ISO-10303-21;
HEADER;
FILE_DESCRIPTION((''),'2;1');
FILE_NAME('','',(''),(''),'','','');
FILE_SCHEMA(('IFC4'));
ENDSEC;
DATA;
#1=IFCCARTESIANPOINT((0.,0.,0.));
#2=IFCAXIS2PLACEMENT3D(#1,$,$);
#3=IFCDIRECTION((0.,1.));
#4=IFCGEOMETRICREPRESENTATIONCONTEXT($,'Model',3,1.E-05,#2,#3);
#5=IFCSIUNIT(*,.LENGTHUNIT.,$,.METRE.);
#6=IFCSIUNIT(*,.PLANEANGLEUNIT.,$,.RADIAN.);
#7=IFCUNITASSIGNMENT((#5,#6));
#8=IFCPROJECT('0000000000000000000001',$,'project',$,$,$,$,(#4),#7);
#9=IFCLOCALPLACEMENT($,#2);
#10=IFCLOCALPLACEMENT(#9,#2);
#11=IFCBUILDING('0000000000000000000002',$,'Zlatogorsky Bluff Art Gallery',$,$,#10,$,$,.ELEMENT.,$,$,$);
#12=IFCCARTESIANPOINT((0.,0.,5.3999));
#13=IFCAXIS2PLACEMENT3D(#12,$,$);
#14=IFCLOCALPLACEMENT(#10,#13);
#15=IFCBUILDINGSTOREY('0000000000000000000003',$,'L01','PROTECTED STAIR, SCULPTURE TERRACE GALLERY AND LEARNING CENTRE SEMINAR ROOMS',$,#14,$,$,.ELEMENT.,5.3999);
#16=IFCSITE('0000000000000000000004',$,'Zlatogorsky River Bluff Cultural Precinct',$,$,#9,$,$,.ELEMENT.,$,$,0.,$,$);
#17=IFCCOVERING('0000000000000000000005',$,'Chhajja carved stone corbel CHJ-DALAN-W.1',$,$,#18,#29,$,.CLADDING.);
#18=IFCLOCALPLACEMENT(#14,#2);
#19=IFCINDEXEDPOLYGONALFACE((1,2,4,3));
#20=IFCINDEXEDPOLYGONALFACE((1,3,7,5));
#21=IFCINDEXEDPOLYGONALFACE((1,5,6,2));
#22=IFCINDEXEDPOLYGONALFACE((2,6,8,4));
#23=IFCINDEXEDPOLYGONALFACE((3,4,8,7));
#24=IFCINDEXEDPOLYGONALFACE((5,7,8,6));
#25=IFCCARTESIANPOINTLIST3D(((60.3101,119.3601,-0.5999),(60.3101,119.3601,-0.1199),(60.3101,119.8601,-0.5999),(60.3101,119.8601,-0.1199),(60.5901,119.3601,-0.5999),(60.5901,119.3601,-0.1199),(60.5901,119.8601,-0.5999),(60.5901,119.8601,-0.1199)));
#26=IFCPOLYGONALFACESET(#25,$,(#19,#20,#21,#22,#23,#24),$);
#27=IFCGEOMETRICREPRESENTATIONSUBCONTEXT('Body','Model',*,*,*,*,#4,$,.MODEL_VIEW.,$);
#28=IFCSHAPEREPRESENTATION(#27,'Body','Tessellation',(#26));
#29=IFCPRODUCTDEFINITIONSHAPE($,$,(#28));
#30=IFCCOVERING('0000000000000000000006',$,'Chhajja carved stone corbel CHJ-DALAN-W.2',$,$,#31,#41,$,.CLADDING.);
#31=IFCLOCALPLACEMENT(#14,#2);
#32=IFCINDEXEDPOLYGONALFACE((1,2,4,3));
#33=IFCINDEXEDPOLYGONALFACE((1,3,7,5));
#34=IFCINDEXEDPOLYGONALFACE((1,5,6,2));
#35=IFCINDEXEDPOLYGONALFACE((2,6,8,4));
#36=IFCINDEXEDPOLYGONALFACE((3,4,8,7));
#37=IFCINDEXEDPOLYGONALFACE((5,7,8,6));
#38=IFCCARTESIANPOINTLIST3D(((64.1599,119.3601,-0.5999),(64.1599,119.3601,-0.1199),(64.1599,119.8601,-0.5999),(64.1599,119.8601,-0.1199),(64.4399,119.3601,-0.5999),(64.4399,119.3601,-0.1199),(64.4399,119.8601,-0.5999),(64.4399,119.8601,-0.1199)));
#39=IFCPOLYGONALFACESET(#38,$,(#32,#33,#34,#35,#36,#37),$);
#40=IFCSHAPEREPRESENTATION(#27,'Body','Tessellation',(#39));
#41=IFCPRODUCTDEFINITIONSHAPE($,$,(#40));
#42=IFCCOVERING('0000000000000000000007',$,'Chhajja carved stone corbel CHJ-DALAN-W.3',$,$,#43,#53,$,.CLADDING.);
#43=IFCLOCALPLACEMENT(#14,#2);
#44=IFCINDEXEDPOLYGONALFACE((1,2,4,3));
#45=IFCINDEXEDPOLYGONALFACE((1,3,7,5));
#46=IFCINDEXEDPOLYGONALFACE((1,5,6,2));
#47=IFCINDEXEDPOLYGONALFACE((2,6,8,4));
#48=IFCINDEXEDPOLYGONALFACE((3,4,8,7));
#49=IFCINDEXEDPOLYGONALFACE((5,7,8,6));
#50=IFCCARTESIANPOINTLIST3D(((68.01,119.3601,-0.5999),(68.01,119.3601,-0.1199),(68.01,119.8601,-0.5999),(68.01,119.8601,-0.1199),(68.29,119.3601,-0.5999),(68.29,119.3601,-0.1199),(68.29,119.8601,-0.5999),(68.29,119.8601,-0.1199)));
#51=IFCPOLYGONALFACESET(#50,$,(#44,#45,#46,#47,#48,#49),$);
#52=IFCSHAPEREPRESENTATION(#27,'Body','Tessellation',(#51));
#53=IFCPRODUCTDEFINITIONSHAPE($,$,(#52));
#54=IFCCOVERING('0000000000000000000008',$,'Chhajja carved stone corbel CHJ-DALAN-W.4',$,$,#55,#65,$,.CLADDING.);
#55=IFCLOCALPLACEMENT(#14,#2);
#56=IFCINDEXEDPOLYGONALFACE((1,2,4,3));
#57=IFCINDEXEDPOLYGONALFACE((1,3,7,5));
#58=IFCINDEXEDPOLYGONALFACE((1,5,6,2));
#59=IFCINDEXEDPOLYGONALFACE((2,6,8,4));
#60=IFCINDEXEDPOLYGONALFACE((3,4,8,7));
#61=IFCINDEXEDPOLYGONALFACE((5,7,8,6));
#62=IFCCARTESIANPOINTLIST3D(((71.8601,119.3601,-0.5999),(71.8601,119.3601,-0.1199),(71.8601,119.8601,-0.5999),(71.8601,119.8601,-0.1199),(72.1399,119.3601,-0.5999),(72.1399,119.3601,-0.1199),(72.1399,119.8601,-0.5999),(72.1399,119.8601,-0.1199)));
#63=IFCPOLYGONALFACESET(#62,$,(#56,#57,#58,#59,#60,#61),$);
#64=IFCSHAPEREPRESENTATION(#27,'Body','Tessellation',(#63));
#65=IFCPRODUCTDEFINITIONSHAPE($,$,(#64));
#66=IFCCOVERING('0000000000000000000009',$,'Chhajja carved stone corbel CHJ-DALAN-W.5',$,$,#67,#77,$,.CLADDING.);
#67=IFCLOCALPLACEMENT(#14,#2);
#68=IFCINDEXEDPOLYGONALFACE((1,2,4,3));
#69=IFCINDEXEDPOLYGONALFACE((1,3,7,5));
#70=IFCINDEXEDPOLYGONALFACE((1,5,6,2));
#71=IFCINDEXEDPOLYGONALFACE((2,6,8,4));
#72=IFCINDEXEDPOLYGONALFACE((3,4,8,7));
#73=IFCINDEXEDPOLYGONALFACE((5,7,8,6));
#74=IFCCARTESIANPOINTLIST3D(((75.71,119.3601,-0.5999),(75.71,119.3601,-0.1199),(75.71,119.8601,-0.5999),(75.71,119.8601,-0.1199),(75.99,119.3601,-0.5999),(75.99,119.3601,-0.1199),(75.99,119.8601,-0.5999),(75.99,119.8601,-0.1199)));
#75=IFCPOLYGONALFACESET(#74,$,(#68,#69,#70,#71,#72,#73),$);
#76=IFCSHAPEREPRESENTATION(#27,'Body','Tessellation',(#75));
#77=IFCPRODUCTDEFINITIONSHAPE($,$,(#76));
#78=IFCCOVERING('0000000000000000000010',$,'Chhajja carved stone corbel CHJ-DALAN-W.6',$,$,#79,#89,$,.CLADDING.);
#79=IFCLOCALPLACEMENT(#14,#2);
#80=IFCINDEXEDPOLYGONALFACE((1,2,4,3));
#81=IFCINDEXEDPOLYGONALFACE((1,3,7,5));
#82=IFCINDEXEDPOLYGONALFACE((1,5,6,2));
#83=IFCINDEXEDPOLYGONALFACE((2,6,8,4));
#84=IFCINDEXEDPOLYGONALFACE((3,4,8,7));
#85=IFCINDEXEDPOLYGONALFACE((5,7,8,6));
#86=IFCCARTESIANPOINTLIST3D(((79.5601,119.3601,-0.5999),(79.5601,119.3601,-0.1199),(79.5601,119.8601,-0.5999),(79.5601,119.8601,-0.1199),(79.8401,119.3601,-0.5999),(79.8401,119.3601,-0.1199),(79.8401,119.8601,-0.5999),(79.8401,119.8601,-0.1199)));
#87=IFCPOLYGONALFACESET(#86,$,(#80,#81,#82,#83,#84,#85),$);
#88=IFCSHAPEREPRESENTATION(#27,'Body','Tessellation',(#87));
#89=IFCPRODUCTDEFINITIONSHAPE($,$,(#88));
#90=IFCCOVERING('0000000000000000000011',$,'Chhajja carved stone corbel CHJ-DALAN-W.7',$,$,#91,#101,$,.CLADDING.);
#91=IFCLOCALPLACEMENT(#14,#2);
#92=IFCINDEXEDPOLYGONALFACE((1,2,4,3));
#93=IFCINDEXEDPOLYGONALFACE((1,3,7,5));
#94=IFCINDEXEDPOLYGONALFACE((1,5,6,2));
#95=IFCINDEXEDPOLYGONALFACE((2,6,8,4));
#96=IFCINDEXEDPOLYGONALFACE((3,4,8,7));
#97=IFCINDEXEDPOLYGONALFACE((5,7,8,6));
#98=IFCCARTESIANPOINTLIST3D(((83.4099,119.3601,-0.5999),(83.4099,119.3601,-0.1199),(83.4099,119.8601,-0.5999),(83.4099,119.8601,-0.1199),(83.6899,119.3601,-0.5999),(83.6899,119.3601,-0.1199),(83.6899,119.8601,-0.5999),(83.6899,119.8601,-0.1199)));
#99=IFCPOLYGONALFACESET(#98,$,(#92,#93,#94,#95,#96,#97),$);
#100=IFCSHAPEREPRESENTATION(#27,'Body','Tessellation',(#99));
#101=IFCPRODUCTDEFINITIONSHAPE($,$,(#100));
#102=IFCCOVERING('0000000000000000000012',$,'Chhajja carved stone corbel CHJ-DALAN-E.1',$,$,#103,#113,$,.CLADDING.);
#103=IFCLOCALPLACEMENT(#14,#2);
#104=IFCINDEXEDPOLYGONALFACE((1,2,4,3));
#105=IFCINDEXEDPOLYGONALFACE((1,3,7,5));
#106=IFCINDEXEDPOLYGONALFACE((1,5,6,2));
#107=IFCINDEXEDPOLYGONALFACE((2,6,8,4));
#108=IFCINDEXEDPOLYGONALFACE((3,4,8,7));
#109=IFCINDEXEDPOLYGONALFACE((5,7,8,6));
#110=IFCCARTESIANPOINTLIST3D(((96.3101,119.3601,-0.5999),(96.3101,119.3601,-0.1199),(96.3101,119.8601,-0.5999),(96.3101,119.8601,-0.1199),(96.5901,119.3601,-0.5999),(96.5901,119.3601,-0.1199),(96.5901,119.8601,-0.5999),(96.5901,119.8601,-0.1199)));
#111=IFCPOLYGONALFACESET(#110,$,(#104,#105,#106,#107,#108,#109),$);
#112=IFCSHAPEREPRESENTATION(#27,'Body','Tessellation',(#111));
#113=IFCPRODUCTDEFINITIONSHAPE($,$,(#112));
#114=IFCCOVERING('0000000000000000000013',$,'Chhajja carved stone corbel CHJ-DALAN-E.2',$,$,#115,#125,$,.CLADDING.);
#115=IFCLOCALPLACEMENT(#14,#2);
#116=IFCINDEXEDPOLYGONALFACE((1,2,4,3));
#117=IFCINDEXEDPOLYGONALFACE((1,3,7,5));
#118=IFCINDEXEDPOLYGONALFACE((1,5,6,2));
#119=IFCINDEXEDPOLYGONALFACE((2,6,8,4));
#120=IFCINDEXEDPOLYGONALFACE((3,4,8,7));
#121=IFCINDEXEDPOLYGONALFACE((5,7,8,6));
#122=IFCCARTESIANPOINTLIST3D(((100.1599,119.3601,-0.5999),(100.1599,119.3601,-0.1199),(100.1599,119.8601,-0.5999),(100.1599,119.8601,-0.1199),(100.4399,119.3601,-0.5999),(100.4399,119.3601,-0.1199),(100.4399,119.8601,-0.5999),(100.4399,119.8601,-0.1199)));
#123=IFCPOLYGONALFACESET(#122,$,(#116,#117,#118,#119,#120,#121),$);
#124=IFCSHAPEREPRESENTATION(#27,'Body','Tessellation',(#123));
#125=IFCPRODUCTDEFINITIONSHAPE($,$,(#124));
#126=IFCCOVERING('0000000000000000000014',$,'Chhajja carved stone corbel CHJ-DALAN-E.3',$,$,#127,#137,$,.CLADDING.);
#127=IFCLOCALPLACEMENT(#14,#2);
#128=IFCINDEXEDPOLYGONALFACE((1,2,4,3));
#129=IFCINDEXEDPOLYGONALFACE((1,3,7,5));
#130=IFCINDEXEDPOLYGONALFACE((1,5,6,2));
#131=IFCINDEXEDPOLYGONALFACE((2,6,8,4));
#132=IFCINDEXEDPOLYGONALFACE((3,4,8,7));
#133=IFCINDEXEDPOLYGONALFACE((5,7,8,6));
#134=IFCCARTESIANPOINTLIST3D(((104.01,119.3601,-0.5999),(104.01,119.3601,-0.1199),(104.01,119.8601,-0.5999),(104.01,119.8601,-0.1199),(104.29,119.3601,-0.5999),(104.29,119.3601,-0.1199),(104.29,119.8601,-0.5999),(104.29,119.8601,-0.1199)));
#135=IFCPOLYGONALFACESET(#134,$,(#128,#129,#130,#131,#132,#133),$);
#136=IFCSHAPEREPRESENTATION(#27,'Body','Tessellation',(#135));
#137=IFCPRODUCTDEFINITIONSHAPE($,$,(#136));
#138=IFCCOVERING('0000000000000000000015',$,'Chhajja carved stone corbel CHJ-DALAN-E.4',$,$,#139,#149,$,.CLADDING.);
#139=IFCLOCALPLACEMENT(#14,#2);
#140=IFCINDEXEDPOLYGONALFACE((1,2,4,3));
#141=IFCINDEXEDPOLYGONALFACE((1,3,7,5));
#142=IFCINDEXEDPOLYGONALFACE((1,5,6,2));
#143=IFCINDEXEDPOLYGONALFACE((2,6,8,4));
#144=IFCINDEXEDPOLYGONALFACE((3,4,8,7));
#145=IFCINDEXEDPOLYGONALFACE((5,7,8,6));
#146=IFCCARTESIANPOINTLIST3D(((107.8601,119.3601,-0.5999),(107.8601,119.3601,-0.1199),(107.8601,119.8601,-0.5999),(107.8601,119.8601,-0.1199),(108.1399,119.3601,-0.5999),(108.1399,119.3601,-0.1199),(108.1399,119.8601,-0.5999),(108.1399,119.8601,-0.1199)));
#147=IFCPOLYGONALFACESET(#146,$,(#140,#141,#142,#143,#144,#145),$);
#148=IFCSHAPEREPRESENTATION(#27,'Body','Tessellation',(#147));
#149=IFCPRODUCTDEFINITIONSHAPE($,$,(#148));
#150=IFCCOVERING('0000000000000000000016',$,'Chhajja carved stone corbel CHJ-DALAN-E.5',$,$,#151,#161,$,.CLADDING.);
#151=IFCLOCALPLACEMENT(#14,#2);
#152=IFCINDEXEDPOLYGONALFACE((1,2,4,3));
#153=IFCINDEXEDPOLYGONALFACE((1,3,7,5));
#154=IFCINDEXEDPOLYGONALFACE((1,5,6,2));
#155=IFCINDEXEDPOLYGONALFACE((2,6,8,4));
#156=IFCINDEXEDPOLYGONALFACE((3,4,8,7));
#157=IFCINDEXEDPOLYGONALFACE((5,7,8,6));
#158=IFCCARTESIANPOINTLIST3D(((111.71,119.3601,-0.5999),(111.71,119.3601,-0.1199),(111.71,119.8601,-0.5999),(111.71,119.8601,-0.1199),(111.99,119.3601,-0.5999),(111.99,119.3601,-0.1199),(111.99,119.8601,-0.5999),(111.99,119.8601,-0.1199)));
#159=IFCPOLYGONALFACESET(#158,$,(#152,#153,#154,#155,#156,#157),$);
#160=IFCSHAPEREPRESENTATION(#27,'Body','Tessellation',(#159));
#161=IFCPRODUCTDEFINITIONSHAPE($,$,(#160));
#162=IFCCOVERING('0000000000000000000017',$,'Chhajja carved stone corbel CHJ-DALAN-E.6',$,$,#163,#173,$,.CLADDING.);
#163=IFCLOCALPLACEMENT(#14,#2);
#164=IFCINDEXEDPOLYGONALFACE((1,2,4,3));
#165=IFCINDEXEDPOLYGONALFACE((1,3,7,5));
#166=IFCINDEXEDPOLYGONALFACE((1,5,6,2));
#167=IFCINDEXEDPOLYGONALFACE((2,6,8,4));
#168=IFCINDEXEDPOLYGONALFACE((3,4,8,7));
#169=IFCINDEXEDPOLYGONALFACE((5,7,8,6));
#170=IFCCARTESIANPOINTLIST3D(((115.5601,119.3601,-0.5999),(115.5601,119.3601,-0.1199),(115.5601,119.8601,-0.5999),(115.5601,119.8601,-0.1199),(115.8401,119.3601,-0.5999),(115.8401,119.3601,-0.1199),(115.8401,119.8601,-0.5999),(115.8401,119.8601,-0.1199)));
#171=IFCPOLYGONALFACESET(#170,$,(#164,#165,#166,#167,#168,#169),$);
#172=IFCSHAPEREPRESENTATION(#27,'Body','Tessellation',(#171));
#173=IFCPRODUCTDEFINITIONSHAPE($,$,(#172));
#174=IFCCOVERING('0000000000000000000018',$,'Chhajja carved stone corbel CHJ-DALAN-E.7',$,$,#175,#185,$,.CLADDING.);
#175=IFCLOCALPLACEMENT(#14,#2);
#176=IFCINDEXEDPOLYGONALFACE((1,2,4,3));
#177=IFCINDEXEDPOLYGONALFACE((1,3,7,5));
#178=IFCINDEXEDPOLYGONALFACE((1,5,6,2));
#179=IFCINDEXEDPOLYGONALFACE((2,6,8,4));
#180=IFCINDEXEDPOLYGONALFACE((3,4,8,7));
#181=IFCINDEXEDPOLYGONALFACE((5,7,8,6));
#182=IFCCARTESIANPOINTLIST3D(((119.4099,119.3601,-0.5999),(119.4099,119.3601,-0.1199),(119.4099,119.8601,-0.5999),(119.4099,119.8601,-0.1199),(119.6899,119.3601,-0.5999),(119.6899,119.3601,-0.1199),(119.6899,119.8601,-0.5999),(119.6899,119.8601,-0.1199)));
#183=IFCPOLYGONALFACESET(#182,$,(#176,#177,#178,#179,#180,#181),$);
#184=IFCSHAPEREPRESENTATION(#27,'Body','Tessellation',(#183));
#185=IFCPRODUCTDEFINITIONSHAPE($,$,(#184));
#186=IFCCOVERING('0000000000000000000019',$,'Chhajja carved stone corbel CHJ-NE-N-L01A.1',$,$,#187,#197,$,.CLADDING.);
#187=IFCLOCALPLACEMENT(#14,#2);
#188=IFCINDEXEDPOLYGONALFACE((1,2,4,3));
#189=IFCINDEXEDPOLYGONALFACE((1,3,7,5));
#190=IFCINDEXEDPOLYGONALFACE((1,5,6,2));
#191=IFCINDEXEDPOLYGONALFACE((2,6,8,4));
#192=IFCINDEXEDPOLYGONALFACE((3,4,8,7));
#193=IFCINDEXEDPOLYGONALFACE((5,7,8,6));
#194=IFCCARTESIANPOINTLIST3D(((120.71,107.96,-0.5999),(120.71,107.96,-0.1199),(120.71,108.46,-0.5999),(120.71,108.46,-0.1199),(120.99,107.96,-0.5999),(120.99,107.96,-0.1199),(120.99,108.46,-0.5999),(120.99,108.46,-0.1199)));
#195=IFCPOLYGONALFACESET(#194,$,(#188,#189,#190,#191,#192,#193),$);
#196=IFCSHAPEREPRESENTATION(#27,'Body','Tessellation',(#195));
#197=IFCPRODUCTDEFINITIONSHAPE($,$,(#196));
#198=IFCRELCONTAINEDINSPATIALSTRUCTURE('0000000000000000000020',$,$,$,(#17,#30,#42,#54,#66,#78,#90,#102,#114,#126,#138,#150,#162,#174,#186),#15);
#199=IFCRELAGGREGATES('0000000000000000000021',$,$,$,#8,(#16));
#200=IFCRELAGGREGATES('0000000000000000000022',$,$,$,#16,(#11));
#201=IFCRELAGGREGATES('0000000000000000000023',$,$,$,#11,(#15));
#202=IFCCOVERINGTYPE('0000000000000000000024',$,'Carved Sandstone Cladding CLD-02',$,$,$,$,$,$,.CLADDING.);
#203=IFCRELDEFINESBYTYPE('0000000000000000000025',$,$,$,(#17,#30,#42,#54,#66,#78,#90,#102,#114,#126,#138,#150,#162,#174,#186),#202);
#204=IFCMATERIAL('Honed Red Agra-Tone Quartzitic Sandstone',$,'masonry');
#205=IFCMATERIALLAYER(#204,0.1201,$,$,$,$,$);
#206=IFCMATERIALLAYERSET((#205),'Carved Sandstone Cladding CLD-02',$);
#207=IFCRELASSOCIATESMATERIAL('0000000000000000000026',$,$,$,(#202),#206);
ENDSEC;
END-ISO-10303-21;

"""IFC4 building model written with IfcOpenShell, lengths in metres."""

from ifc_helpers import new_model, si_unit, direction, frame, origin, place, context, subcontext, project, spatial, polyline, outline, extrude, material, layer, layer_set, type_object, element, save


model = new_model("IFC4")

# Units and contexts
model_context = context("Model", 3, precision=1e-05, world=origin(), true_north=direction((0.0, 1.0)))
body_context = subcontext(model_context, "Body", "Model", "MODEL_VIEW")
ifc_project = project(units=[si_unit("LENGTHUNIT", "METRE"), si_unit("PLANEANGLEUNIT", "RADIAN")], contexts=[model_context])

# Site, building, storey
site_placement = place(None, origin())
site = spatial("IfcSite", under=ifc_project, at=site_placement, Name="Zlatogorsky River Bluff Cultural Precinct", CompositionType="ELEMENT", RefElevation=0.0)
building_placement = place(site_placement, origin())
building = spatial("IfcBuilding", under=site, at=building_placement, Name="Zlatogorsky Bluff Art Gallery", CompositionType="ELEMENT")
storey_placement = place(building_placement, frame((0.0, 0.0, 5.3999)))
storey = spatial("IfcBuildingStorey", under=building, at=storey_placement, Name="L01", Description="PROTECTED STAIR, SCULPTURE TERRACE GALLERY AND LEARNING CENTRE SEMINAR ROOMS", CompositionType="ELEMENT", Elevation=5.3999)

# Coverings
ifc_material = material(Name="Honed Red Agra-Tone Quartzitic Sandstone", Category="masonry")
ifc_layer = layer(ifc_material, 0.1201)
ifc_layer_set = layer_set([ifc_layer], Name="Carved Sandstone Cladding CLD-02")
covering_type = type_object("IfcCoveringType", Name="Carved Sandstone Cladding CLD-02", PredefinedType="CLADDING", material=ifc_layer_set)
covering_1_placement = place(storey_placement, frame((0.0, 0.0, -0.5999)))
element("IfcCovering", 1, at=covering_1_placement, inside=storey, type_object=covering_type, Name="Chhajja carved stone corbel CHJ-DALAN-W.1", PredefinedType="CLADDING", context=body_context, shape_type="SweptSolid", body=[
    extrude(outline(polyline([(60.3101, 119.3601), (60.5901, 119.3601), (60.5901, 119.8601), (60.3101, 119.8601), (60.3101, 119.3601)])), origin(), (0.0, 0.0, 1.0), 0.48),
])
covering_2_placement = place(storey_placement, frame((0.0, 0.0, -0.5999)))
element("IfcCovering", 2, at=covering_2_placement, inside=storey, type_object=covering_type, Name="Chhajja carved stone corbel CHJ-DALAN-W.2", PredefinedType="CLADDING", context=body_context, shape_type="SweptSolid", body=[
    extrude(outline(polyline([(64.1599, 119.3601), (64.4399, 119.3601), (64.4399, 119.8601), (64.1599, 119.8601), (64.1599, 119.3601)])), origin(), (0.0, 0.0, 1.0), 0.48),
])
covering_3_placement = place(storey_placement, frame((0.0, 0.0, -0.5999)))
element("IfcCovering", 3, at=covering_3_placement, inside=storey, type_object=covering_type, Name="Chhajja carved stone corbel CHJ-DALAN-W.3", PredefinedType="CLADDING", context=body_context, shape_type="SweptSolid", body=[
    extrude(outline(polyline([(68.01, 119.3601), (68.29, 119.3601), (68.29, 119.8601), (68.01, 119.8601), (68.01, 119.3601)])), origin(), (0.0, 0.0, 1.0), 0.48),
])
covering_4_placement = place(storey_placement, frame((0.0, 0.0, -0.5999)))
element("IfcCovering", 4, at=covering_4_placement, inside=storey, type_object=covering_type, Name="Chhajja carved stone corbel CHJ-DALAN-W.4", PredefinedType="CLADDING", context=body_context, shape_type="SweptSolid", body=[
    extrude(outline(polyline([(71.8601, 119.3601), (72.1399, 119.3601), (72.1399, 119.8601), (71.8601, 119.8601), (71.8601, 119.3601)])), origin(), (0.0, 0.0, 1.0), 0.48),
])
covering_5_placement = place(storey_placement, frame((0.0, 0.0, -0.5999)))
element("IfcCovering", 5, at=covering_5_placement, inside=storey, type_object=covering_type, Name="Chhajja carved stone corbel CHJ-DALAN-W.5", PredefinedType="CLADDING", context=body_context, shape_type="SweptSolid", body=[
    extrude(outline(polyline([(75.71, 119.3601), (75.99, 119.3601), (75.99, 119.8601), (75.71, 119.8601), (75.71, 119.3601)])), origin(), (0.0, 0.0, 1.0), 0.48),
])
covering_6_placement = place(storey_placement, frame((0.0, 0.0, -0.5999)))
element("IfcCovering", 6, at=covering_6_placement, inside=storey, type_object=covering_type, Name="Chhajja carved stone corbel CHJ-DALAN-W.6", PredefinedType="CLADDING", context=body_context, shape_type="SweptSolid", body=[
    extrude(outline(polyline([(79.5601, 119.3601), (79.8401, 119.3601), (79.8401, 119.8601), (79.5601, 119.8601), (79.5601, 119.3601)])), origin(), (0.0, 0.0, 1.0), 0.48),
])
covering_7_placement = place(storey_placement, frame((0.0, 0.0, -0.5999)))
element("IfcCovering", 7, at=covering_7_placement, inside=storey, type_object=covering_type, Name="Chhajja carved stone corbel CHJ-DALAN-W.7", PredefinedType="CLADDING", context=body_context, shape_type="SweptSolid", body=[
    extrude(outline(polyline([(83.4099, 119.3601), (83.6899, 119.3601), (83.6899, 119.8601), (83.4099, 119.8601), (83.4099, 119.3601)])), origin(), (0.0, 0.0, 1.0), 0.48),
])
covering_8_placement = place(storey_placement, frame((0.0, 0.0, -0.5999)))
element("IfcCovering", 8, at=covering_8_placement, inside=storey, type_object=covering_type, Name="Chhajja carved stone corbel CHJ-DALAN-E.1", PredefinedType="CLADDING", context=body_context, shape_type="SweptSolid", body=[
    extrude(outline(polyline([(96.3101, 119.3601), (96.5901, 119.3601), (96.5901, 119.8601), (96.3101, 119.8601), (96.3101, 119.3601)])), origin(), (0.0, 0.0, 1.0), 0.48),
])
covering_9_placement = place(storey_placement, frame((0.0, 0.0, -0.5999)))
element("IfcCovering", 9, at=covering_9_placement, inside=storey, type_object=covering_type, Name="Chhajja carved stone corbel CHJ-DALAN-E.2", PredefinedType="CLADDING", context=body_context, shape_type="SweptSolid", body=[
    extrude(outline(polyline([(100.1599, 119.3601), (100.4399, 119.3601), (100.4399, 119.8601), (100.1599, 119.8601), (100.1599, 119.3601)])), origin(), (0.0, 0.0, 1.0), 0.48),
])
covering_10_placement = place(storey_placement, frame((0.0, 0.0, -0.5999)))
element("IfcCovering", 10, at=covering_10_placement, inside=storey, type_object=covering_type, Name="Chhajja carved stone corbel CHJ-DALAN-E.3", PredefinedType="CLADDING", context=body_context, shape_type="SweptSolid", body=[
    extrude(outline(polyline([(104.01, 119.3601), (104.29, 119.3601), (104.29, 119.8601), (104.01, 119.8601), (104.01, 119.3601)])), origin(), (0.0, 0.0, 1.0), 0.48),
])
covering_11_placement = place(storey_placement, frame((0.0, 0.0, -0.5999)))
element("IfcCovering", 11, at=covering_11_placement, inside=storey, type_object=covering_type, Name="Chhajja carved stone corbel CHJ-DALAN-E.4", PredefinedType="CLADDING", context=body_context, shape_type="SweptSolid", body=[
    extrude(outline(polyline([(107.8601, 119.3601), (108.1399, 119.3601), (108.1399, 119.8601), (107.8601, 119.8601), (107.8601, 119.3601)])), origin(), (0.0, 0.0, 1.0), 0.48),
])
covering_12_placement = place(storey_placement, frame((0.0, 0.0, -0.5999)))
element("IfcCovering", 12, at=covering_12_placement, inside=storey, type_object=covering_type, Name="Chhajja carved stone corbel CHJ-DALAN-E.5", PredefinedType="CLADDING", context=body_context, shape_type="SweptSolid", body=[
    extrude(outline(polyline([(111.71, 119.3601), (111.99, 119.3601), (111.99, 119.8601), (111.71, 119.8601), (111.71, 119.3601)])), origin(), (0.0, 0.0, 1.0), 0.48),
])
covering_13_placement = place(storey_placement, frame((0.0, 0.0, -0.5999)))
element("IfcCovering", 13, at=covering_13_placement, inside=storey, type_object=covering_type, Name="Chhajja carved stone corbel CHJ-DALAN-E.6", PredefinedType="CLADDING", context=body_context, shape_type="SweptSolid", body=[
    extrude(outline(polyline([(115.5601, 119.3601), (115.8401, 119.3601), (115.8401, 119.8601), (115.5601, 119.8601), (115.5601, 119.3601)])), origin(), (0.0, 0.0, 1.0), 0.48),
])
covering_14_placement = place(storey_placement, frame((0.0, 0.0, -0.5999)))
element("IfcCovering", 14, at=covering_14_placement, inside=storey, type_object=covering_type, Name="Chhajja carved stone corbel CHJ-DALAN-E.7", PredefinedType="CLADDING", context=body_context, shape_type="SweptSolid", body=[
    extrude(outline(polyline([(119.4099, 119.3601), (119.6899, 119.3601), (119.6899, 119.8601), (119.4099, 119.8601), (119.4099, 119.3601)])), origin(), (0.0, 0.0, 1.0), 0.48),
])
covering_15_placement = place(storey_placement, frame((0.0, 0.0, -0.5999)))
element("IfcCovering", 15, at=covering_15_placement, inside=storey, type_object=covering_type, Name="Chhajja carved stone corbel CHJ-NE-N-L01A.1", PredefinedType="CLADDING", context=body_context, shape_type="SweptSolid", body=[
    extrude(outline(polyline([(120.71, 107.96), (120.99, 107.96), (120.99, 108.46), (120.71, 108.46), (120.71, 107.96)])), origin(), (0.0, 0.0, 1.0), 0.48),
])

save(model, "model.ifc")
